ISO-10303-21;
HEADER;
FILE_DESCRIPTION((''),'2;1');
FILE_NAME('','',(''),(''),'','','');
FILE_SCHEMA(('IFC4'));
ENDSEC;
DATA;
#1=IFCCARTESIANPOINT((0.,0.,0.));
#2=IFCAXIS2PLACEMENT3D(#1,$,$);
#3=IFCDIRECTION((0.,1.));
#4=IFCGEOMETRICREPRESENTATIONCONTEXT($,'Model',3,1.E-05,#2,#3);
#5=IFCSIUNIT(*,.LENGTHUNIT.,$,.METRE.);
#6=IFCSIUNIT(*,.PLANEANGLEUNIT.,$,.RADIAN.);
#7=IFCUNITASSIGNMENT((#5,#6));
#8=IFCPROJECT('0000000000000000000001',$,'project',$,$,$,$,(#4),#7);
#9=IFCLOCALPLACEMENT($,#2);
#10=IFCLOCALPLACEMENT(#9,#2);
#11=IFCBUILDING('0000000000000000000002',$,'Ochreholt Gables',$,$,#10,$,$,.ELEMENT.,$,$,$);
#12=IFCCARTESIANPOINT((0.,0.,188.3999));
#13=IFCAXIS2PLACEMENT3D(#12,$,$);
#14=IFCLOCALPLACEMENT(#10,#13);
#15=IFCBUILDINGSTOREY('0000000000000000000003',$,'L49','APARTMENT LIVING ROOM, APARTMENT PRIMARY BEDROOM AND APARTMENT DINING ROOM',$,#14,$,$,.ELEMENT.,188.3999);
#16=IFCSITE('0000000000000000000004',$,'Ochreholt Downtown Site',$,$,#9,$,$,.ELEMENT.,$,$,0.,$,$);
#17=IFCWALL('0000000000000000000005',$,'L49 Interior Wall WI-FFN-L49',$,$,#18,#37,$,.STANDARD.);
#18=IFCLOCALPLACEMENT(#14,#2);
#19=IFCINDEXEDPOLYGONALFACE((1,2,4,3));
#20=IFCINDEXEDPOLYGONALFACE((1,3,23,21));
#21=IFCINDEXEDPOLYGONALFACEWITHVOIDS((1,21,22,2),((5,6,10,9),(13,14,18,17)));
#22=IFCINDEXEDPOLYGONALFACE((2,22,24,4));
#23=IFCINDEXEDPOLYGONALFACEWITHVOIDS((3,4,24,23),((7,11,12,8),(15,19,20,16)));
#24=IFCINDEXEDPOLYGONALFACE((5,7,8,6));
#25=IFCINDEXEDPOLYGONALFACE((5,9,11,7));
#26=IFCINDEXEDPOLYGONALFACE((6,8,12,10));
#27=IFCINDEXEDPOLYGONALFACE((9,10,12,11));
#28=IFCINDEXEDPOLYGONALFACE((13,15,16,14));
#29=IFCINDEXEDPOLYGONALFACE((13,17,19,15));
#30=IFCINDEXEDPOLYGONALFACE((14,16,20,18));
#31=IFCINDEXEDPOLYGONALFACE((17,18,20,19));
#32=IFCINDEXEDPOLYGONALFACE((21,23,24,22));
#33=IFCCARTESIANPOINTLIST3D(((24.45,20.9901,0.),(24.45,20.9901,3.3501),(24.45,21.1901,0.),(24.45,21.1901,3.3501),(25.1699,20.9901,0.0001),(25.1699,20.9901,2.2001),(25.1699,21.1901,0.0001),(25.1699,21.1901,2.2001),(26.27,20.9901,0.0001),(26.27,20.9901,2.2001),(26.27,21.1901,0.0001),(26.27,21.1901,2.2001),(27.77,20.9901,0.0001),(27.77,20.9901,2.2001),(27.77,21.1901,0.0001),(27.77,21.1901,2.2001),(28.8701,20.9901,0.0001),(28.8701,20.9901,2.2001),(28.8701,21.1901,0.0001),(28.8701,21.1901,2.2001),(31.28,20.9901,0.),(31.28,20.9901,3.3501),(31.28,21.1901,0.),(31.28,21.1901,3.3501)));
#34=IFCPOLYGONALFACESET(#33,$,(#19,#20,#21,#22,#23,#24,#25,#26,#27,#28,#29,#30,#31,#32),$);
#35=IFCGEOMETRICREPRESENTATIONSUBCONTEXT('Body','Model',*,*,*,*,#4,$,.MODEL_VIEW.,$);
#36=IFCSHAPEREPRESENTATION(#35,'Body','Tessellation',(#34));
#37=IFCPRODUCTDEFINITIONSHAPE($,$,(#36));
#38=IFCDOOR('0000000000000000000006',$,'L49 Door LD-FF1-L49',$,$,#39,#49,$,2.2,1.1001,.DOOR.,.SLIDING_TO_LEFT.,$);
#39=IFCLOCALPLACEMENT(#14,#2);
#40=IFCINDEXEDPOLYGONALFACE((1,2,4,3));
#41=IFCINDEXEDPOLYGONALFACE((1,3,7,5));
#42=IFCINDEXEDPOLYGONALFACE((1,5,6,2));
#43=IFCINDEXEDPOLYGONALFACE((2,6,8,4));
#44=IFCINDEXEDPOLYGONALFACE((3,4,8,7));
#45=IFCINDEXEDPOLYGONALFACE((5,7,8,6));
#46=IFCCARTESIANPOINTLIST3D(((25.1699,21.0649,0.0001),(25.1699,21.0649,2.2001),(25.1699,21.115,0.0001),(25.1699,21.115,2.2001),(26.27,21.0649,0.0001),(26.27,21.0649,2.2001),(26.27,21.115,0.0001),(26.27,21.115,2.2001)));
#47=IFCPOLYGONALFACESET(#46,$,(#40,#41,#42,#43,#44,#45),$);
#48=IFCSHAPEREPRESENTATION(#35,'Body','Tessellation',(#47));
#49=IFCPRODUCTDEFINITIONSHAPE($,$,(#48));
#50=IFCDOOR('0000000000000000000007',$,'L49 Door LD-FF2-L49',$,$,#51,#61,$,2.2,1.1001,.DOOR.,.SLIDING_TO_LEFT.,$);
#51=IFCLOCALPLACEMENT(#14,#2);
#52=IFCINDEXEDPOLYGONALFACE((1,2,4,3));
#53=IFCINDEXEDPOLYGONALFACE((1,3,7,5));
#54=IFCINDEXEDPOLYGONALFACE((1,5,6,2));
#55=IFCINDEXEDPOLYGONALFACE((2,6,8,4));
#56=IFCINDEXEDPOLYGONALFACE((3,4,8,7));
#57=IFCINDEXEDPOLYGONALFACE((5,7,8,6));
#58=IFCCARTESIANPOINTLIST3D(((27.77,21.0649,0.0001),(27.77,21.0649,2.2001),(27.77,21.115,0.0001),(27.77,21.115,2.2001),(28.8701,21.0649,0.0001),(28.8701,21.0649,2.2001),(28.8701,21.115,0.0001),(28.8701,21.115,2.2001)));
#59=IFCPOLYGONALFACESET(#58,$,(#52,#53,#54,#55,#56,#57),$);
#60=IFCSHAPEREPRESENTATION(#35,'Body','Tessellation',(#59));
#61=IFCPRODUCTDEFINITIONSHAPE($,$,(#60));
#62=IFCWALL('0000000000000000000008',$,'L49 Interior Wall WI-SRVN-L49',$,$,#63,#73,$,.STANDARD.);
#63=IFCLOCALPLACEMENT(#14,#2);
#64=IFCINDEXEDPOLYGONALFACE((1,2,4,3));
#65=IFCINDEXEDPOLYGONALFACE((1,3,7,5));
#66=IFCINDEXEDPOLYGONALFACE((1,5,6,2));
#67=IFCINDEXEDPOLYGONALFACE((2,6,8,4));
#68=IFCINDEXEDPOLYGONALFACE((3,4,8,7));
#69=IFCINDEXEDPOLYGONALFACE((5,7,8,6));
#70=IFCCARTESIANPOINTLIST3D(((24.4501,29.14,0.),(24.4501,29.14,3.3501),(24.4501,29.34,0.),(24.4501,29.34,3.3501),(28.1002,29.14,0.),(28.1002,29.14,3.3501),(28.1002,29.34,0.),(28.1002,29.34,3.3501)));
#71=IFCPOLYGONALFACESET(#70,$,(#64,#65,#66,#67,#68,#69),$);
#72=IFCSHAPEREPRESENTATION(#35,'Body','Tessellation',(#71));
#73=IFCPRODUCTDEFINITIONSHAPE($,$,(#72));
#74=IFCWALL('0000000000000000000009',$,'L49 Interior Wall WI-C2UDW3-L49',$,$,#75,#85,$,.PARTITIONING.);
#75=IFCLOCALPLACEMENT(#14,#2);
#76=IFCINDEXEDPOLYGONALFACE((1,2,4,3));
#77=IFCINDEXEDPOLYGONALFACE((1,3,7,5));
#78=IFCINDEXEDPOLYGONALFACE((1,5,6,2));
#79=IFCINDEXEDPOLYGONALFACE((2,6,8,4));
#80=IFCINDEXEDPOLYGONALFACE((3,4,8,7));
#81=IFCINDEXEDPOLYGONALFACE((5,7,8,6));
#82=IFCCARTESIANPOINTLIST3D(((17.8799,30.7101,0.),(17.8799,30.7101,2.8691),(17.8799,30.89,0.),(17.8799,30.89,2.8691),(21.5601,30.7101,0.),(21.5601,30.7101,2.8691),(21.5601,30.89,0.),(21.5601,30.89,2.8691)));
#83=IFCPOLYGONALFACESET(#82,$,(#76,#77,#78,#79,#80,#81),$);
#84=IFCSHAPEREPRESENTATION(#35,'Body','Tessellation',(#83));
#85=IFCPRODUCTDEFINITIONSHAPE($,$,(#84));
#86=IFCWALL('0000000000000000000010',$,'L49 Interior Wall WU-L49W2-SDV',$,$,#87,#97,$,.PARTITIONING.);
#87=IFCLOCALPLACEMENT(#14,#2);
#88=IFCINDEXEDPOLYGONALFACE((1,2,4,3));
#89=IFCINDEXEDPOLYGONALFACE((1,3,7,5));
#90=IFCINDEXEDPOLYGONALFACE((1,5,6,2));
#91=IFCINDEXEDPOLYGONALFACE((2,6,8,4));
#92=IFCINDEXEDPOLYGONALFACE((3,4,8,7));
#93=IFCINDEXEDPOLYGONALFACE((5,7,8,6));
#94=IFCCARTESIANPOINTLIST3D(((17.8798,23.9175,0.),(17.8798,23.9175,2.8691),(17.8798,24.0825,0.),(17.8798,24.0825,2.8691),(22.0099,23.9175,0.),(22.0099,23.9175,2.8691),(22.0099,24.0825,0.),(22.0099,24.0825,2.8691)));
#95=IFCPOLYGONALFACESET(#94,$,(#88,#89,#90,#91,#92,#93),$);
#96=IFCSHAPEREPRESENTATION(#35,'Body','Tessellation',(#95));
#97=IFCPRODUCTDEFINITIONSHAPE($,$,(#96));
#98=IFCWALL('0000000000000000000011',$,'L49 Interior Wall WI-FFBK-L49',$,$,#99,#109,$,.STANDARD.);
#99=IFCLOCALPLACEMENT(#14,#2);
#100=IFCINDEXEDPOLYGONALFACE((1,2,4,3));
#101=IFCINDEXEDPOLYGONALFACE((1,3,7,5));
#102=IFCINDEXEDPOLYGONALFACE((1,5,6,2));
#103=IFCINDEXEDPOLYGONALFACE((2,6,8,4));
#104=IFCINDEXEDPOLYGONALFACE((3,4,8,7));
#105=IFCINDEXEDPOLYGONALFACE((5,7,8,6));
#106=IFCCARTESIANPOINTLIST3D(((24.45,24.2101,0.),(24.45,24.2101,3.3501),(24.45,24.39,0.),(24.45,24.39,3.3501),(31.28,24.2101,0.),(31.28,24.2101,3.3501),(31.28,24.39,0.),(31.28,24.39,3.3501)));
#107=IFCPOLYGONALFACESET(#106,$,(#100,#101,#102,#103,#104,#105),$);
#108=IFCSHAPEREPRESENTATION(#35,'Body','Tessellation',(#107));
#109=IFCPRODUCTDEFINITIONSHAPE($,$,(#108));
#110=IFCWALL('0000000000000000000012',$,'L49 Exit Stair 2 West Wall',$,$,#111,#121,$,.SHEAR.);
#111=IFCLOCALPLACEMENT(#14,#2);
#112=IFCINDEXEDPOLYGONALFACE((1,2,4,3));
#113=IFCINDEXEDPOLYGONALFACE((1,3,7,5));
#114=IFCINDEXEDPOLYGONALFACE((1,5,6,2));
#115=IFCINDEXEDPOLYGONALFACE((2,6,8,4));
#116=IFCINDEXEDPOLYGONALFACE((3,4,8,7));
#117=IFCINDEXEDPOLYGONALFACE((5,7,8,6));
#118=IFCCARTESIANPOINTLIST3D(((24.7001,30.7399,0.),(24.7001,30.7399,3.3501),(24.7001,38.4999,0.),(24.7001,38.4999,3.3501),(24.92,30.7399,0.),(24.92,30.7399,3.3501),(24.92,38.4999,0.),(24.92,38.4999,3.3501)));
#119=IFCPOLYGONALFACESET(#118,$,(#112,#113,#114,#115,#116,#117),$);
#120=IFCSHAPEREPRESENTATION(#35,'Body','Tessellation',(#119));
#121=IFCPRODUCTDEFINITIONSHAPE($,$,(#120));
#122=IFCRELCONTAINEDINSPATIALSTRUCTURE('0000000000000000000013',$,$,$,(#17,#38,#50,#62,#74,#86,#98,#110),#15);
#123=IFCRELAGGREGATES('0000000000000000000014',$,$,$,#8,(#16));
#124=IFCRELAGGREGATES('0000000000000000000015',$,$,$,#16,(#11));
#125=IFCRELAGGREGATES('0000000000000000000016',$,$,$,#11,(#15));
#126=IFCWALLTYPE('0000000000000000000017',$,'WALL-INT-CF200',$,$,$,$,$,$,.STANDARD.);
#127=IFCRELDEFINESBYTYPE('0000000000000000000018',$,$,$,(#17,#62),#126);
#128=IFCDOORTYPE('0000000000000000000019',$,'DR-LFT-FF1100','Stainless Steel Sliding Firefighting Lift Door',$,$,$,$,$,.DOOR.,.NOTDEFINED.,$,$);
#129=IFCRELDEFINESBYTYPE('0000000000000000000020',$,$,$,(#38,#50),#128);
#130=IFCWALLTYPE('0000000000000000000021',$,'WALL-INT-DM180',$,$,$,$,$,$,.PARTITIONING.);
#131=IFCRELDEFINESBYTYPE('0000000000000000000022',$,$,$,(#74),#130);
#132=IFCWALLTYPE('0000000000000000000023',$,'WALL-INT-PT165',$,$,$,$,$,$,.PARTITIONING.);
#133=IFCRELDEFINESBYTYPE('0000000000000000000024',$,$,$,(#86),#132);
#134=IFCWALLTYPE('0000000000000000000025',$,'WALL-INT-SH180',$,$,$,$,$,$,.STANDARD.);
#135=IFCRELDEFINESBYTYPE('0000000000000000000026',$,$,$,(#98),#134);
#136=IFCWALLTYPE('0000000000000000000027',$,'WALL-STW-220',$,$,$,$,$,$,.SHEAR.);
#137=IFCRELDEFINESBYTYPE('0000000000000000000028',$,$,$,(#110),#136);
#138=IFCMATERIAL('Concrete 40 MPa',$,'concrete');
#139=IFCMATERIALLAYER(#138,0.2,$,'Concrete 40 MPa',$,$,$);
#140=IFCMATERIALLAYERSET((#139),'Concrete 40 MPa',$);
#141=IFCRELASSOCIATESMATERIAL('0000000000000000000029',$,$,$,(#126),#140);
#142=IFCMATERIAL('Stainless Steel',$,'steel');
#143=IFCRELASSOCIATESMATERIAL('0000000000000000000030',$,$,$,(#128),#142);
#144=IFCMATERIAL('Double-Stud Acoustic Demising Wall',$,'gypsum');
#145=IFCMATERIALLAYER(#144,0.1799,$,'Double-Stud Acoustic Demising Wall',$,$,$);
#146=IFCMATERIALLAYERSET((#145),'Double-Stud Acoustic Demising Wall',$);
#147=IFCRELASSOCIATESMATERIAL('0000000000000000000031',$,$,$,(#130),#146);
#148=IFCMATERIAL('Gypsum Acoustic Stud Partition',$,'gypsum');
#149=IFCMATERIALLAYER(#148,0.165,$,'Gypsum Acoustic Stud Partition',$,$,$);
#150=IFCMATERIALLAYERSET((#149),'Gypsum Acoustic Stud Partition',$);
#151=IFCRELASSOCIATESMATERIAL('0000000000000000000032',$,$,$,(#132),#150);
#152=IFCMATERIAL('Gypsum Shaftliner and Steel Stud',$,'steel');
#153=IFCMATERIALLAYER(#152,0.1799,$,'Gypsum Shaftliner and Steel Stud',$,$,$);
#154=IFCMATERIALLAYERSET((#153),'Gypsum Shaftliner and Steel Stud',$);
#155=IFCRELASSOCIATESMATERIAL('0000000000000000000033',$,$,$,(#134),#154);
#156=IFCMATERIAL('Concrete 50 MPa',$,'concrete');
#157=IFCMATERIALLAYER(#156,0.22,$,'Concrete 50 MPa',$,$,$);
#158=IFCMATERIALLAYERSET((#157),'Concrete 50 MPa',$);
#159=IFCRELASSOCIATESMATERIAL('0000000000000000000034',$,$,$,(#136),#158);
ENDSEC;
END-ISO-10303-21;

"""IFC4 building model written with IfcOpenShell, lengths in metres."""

from ifc_helpers import new_model, si_unit, direction, frame, frame_2d, origin, place, context, subcontext, project, spatial, rectangle, extrude, material, layer, layer_set, type_object, element, fill, save


model = new_model("IFC4")

# Units and contexts
model_context = context("Model", 3, precision=1e-05, world=origin(), true_north=direction((0.0, 1.0)))
body_context = subcontext(model_context, "Body", "Model", "MODEL_VIEW")
ifc_project = project(units=[si_unit("LENGTHUNIT", "METRE"), si_unit("PLANEANGLEUNIT", "RADIAN")], contexts=[model_context])

# Site, building, storey
site_placement = place(None, origin())
site = spatial("IfcSite", under=ifc_project, at=site_placement, Name="Ochreholt Downtown Site", CompositionType="ELEMENT", RefElevation=0.0)
building_placement = place(site_placement, origin())
building = spatial("IfcBuilding", under=site, at=building_placement, Name="Ochreholt Gables", CompositionType="ELEMENT")
storey_placement = place(building_placement, frame((0.0, 0.0, 188.3999)))
storey = spatial("IfcBuildingStorey", under=building, at=storey_placement, Name="L49", Description="APARTMENT LIVING ROOM, APARTMENT PRIMARY BEDROOM AND APARTMENT DINING ROOM", CompositionType="ELEMENT", Elevation=188.3999)

# Shared definitions
ifc_material_1 = material(Name="Concrete 50 MPa", Category="concrete")

# Wall, openings, doors
ifc_material_2 = material(Name="Concrete 40 MPa", Category="concrete")
ifc_layer_1 = layer(ifc_material_2, 0.2, Name="Concrete 40 MPa")
ifc_layer_set_1 = layer_set([ifc_layer_1], Name="Concrete 40 MPa")
wall_type_1 = type_object("IfcWallType", Name="WALL-INT-CF200", PredefinedType="STANDARD", material=ifc_layer_set_1)
wall_1_placement = place(storey_placement, frame((24.45, 21.0901, 0.0), z_axis=(0.0, 0.0, 1.0), x_axis=(1.0, 0.0, 0.0)))
wall_1 = element("IfcWall", 1, at=wall_1_placement, inside=storey, type_object=wall_type_1, Name="L49 Interior Wall WI-FFN-L49", PredefinedType="STANDARD", context=body_context, shape_type="SweptSolid", body=[
    extrude(rectangle(XDim=6.8301, YDim=0.2, at=frame_2d((3.415, 0.0))), origin(), (0.0, 0.0, 1.0), 3.3501),
])
opening_1_placement = place(wall_1_placement, frame((0.72, 0.0, 0.0)))
opening_1 = element("IfcOpeningElement", 2, at=opening_1_placement, cuts=wall_1, PredefinedType="OPENING", context=body_context, shape_type="SweptSolid", body=[
    extrude(rectangle(XDim=1.1001, YDim=2.2, at=frame_2d((0.55, 1.1001))), frame((0.0, 0.1099, 0.0), z_axis=(0.0, -1.0, 0.0), x_axis=(1.0, 0.0, 0.0)), (0.0, 0.0, 1.0), 0.22),
])
opening_2_placement = place(wall_1_placement, frame((3.3201, 0.0, 0.0)))
opening_2 = element("IfcOpeningElement", 3, at=opening_2_placement, cuts=wall_1, PredefinedType="OPENING", context=body_context, shape_type="SweptSolid", body=[
    extrude(rectangle(XDim=1.1001, YDim=2.2, at=frame_2d((0.55, 1.1001))), frame((0.0, 0.1099, 0.0), z_axis=(0.0, -1.0, 0.0), x_axis=(1.0, 0.0, 0.0)), (0.0, 0.0, 1.0), 0.22),
])
ifc_material_3 = material(Name="Stainless Steel", Category="steel")
door_type = type_object("IfcDoorType", Name="DR-LFT-FF1100", Description="Stainless Steel Sliding Firefighting Lift Door", OperationType="NOTDEFINED", PredefinedType="DOOR", material=ifc_material_3)
door_1_placement = place(opening_1_placement, origin())
door_1 = element("IfcDoor", 4, at=door_1_placement, inside=storey, type_object=door_type, Name="L49 Door LD-FF1-L49", OperationType="SLIDING_TO_LEFT", OverallHeight=2.2, OverallWidth=1.1001, PredefinedType="DOOR", context=body_context, shape_type="SweptSolid", body=[
    extrude(rectangle(XDim=1.1001, YDim=2.2, at=frame_2d((0.55, 1.1001))), frame((0.0, 0.0249, 0.0), z_axis=(0.0, -1.0, 0.0), x_axis=(1.0, 0.0, 0.0)), (0.0, 0.0, 1.0), 0.05),
])
fill(opening_1, door_1)
door_2_placement = place(opening_2_placement, origin())
door_2 = element("IfcDoor", 5, at=door_2_placement, inside=storey, type_object=door_type, Name="L49 Door LD-FF2-L49", OperationType="SLIDING_TO_LEFT", OverallHeight=2.2, OverallWidth=1.1001, PredefinedType="DOOR", context=body_context, shape_type="SweptSolid", body=[
    extrude(rectangle(XDim=1.1001, YDim=2.2, at=frame_2d((0.55, 1.1001))), frame((0.0, 0.0249, 0.0), z_axis=(0.0, -1.0, 0.0), x_axis=(1.0, 0.0, 0.0)), (0.0, 0.0, 1.0), 0.05),
])
fill(opening_2, door_2)

# Walls
wall_2_placement = place(storey_placement, frame((24.45, 29.24, 0.0), z_axis=(0.0, 0.0, 1.0), x_axis=(1.0, 0.0, 0.0)))
element("IfcWall", 6, at=wall_2_placement, inside=storey, type_object=wall_type_1, Name="L49 Interior Wall WI-SRVN-L49", PredefinedType="STANDARD", context=body_context, shape_type="SweptSolid", body=[
    extrude(rectangle(XDim=3.6501, YDim=0.2, at=frame_2d((1.8252, 0.0))), origin(), (0.0, 0.0, 1.0), 3.3501),
])
ifc_material_4 = material(Name="Double-Stud Acoustic Demising Wall", Category="gypsum")
ifc_layer_2 = layer(ifc_material_4, 0.1799, Name="Double-Stud Acoustic Demising Wall")
ifc_layer_set_2 = layer_set([ifc_layer_2], Name="Double-Stud Acoustic Demising Wall")
wall_type_2 = type_object("IfcWallType", Name="WALL-INT-DM180", PredefinedType="PARTITIONING", material=ifc_layer_set_2)
wall_3_placement = place(storey_placement, frame((17.8799, 30.8, 0.0), z_axis=(0.0, 0.0, 1.0), x_axis=(1.0, 0.0, 0.0)))
element("IfcWall", 7, at=wall_3_placement, inside=storey, type_object=wall_type_2, Name="L49 Interior Wall WI-C2UDW3-L49", PredefinedType="PARTITIONING", context=body_context, shape_type="SweptSolid", body=[
    extrude(rectangle(XDim=3.6802, YDim=0.1799, at=frame_2d((1.8401, 0.0))), origin(), (0.0, 0.0, 1.0), 2.8691),
])
ifc_material_5 = material(Name="Gypsum Acoustic Stud Partition", Category="gypsum")
ifc_layer_3 = layer(ifc_material_5, 0.165, Name="Gypsum Acoustic Stud Partition")
ifc_layer_set_3 = layer_set([ifc_layer_3], Name="Gypsum Acoustic Stud Partition")
wall_type_3 = type_object("IfcWallType", Name="WALL-INT-PT165", PredefinedType="PARTITIONING", material=ifc_layer_set_3)
wall_4_placement = place(storey_placement, frame((17.8799, 24.0, 0.0), z_axis=(0.0, 0.0, 1.0), x_axis=(1.0, 0.0, 0.0)))
element("IfcWall", 8, at=wall_4_placement, inside=storey, type_object=wall_type_3, Name="L49 Interior Wall WU-L49W2-SDV", PredefinedType="PARTITIONING", context=body_context, shape_type="SweptSolid", body=[
    extrude(rectangle(XDim=4.1301, YDim=0.165, at=frame_2d((2.0649, 0.0))), origin(), (0.0, 0.0, 1.0), 2.8691),
])
ifc_material_6 = material(Name="Gypsum Shaftliner and Steel Stud", Category="steel")
ifc_layer_4 = layer(ifc_material_6, 0.1799, Name="Gypsum Shaftliner and Steel Stud")
ifc_layer_set_4 = layer_set([ifc_layer_4], Name="Gypsum Shaftliner and Steel Stud")
wall_type_4 = type_object("IfcWallType", Name="WALL-INT-SH180", PredefinedType="STANDARD", material=ifc_layer_set_4)
wall_5_placement = place(storey_placement, frame((24.45, 24.3, 0.0), z_axis=(0.0, 0.0, 1.0), x_axis=(1.0, 0.0, 0.0)))
element("IfcWall", 9, at=wall_5_placement, inside=storey, type_object=wall_type_4, Name="L49 Interior Wall WI-FFBK-L49", PredefinedType="STANDARD", context=body_context, shape_type="SweptSolid", body=[
    extrude(rectangle(XDim=6.8301, YDim=0.1799, at=frame_2d((3.415, 0.0))), origin(), (0.0, 0.0, 1.0), 3.3501),
])
ifc_layer_5 = layer(ifc_material_1, 0.22, Name="Concrete 50 MPa")
ifc_layer_set_5 = layer_set([ifc_layer_5], Name="Concrete 50 MPa")
wall_type_5 = type_object("IfcWallType", Name="WALL-STW-220", PredefinedType="SHEAR", material=ifc_layer_set_5)
wall_6_placement = place(storey_placement, frame((24.8101, 30.74, 0.0), z_axis=(0.0, 0.0, 1.0), x_axis=(0.0, 1.0, 0.0)))
element("IfcWall", 10, at=wall_6_placement, inside=storey, type_object=wall_type_5, Name="L49 Exit Stair 2 West Wall", PredefinedType="SHEAR", context=body_context, shape_type="SweptSolid", body=[
    extrude(rectangle(XDim=7.76, YDim=0.22, at=frame_2d((3.8799, 0.0))), origin(), (0.0, 0.0, 1.0), 3.3501),
])

save(model, "model.ifc")
